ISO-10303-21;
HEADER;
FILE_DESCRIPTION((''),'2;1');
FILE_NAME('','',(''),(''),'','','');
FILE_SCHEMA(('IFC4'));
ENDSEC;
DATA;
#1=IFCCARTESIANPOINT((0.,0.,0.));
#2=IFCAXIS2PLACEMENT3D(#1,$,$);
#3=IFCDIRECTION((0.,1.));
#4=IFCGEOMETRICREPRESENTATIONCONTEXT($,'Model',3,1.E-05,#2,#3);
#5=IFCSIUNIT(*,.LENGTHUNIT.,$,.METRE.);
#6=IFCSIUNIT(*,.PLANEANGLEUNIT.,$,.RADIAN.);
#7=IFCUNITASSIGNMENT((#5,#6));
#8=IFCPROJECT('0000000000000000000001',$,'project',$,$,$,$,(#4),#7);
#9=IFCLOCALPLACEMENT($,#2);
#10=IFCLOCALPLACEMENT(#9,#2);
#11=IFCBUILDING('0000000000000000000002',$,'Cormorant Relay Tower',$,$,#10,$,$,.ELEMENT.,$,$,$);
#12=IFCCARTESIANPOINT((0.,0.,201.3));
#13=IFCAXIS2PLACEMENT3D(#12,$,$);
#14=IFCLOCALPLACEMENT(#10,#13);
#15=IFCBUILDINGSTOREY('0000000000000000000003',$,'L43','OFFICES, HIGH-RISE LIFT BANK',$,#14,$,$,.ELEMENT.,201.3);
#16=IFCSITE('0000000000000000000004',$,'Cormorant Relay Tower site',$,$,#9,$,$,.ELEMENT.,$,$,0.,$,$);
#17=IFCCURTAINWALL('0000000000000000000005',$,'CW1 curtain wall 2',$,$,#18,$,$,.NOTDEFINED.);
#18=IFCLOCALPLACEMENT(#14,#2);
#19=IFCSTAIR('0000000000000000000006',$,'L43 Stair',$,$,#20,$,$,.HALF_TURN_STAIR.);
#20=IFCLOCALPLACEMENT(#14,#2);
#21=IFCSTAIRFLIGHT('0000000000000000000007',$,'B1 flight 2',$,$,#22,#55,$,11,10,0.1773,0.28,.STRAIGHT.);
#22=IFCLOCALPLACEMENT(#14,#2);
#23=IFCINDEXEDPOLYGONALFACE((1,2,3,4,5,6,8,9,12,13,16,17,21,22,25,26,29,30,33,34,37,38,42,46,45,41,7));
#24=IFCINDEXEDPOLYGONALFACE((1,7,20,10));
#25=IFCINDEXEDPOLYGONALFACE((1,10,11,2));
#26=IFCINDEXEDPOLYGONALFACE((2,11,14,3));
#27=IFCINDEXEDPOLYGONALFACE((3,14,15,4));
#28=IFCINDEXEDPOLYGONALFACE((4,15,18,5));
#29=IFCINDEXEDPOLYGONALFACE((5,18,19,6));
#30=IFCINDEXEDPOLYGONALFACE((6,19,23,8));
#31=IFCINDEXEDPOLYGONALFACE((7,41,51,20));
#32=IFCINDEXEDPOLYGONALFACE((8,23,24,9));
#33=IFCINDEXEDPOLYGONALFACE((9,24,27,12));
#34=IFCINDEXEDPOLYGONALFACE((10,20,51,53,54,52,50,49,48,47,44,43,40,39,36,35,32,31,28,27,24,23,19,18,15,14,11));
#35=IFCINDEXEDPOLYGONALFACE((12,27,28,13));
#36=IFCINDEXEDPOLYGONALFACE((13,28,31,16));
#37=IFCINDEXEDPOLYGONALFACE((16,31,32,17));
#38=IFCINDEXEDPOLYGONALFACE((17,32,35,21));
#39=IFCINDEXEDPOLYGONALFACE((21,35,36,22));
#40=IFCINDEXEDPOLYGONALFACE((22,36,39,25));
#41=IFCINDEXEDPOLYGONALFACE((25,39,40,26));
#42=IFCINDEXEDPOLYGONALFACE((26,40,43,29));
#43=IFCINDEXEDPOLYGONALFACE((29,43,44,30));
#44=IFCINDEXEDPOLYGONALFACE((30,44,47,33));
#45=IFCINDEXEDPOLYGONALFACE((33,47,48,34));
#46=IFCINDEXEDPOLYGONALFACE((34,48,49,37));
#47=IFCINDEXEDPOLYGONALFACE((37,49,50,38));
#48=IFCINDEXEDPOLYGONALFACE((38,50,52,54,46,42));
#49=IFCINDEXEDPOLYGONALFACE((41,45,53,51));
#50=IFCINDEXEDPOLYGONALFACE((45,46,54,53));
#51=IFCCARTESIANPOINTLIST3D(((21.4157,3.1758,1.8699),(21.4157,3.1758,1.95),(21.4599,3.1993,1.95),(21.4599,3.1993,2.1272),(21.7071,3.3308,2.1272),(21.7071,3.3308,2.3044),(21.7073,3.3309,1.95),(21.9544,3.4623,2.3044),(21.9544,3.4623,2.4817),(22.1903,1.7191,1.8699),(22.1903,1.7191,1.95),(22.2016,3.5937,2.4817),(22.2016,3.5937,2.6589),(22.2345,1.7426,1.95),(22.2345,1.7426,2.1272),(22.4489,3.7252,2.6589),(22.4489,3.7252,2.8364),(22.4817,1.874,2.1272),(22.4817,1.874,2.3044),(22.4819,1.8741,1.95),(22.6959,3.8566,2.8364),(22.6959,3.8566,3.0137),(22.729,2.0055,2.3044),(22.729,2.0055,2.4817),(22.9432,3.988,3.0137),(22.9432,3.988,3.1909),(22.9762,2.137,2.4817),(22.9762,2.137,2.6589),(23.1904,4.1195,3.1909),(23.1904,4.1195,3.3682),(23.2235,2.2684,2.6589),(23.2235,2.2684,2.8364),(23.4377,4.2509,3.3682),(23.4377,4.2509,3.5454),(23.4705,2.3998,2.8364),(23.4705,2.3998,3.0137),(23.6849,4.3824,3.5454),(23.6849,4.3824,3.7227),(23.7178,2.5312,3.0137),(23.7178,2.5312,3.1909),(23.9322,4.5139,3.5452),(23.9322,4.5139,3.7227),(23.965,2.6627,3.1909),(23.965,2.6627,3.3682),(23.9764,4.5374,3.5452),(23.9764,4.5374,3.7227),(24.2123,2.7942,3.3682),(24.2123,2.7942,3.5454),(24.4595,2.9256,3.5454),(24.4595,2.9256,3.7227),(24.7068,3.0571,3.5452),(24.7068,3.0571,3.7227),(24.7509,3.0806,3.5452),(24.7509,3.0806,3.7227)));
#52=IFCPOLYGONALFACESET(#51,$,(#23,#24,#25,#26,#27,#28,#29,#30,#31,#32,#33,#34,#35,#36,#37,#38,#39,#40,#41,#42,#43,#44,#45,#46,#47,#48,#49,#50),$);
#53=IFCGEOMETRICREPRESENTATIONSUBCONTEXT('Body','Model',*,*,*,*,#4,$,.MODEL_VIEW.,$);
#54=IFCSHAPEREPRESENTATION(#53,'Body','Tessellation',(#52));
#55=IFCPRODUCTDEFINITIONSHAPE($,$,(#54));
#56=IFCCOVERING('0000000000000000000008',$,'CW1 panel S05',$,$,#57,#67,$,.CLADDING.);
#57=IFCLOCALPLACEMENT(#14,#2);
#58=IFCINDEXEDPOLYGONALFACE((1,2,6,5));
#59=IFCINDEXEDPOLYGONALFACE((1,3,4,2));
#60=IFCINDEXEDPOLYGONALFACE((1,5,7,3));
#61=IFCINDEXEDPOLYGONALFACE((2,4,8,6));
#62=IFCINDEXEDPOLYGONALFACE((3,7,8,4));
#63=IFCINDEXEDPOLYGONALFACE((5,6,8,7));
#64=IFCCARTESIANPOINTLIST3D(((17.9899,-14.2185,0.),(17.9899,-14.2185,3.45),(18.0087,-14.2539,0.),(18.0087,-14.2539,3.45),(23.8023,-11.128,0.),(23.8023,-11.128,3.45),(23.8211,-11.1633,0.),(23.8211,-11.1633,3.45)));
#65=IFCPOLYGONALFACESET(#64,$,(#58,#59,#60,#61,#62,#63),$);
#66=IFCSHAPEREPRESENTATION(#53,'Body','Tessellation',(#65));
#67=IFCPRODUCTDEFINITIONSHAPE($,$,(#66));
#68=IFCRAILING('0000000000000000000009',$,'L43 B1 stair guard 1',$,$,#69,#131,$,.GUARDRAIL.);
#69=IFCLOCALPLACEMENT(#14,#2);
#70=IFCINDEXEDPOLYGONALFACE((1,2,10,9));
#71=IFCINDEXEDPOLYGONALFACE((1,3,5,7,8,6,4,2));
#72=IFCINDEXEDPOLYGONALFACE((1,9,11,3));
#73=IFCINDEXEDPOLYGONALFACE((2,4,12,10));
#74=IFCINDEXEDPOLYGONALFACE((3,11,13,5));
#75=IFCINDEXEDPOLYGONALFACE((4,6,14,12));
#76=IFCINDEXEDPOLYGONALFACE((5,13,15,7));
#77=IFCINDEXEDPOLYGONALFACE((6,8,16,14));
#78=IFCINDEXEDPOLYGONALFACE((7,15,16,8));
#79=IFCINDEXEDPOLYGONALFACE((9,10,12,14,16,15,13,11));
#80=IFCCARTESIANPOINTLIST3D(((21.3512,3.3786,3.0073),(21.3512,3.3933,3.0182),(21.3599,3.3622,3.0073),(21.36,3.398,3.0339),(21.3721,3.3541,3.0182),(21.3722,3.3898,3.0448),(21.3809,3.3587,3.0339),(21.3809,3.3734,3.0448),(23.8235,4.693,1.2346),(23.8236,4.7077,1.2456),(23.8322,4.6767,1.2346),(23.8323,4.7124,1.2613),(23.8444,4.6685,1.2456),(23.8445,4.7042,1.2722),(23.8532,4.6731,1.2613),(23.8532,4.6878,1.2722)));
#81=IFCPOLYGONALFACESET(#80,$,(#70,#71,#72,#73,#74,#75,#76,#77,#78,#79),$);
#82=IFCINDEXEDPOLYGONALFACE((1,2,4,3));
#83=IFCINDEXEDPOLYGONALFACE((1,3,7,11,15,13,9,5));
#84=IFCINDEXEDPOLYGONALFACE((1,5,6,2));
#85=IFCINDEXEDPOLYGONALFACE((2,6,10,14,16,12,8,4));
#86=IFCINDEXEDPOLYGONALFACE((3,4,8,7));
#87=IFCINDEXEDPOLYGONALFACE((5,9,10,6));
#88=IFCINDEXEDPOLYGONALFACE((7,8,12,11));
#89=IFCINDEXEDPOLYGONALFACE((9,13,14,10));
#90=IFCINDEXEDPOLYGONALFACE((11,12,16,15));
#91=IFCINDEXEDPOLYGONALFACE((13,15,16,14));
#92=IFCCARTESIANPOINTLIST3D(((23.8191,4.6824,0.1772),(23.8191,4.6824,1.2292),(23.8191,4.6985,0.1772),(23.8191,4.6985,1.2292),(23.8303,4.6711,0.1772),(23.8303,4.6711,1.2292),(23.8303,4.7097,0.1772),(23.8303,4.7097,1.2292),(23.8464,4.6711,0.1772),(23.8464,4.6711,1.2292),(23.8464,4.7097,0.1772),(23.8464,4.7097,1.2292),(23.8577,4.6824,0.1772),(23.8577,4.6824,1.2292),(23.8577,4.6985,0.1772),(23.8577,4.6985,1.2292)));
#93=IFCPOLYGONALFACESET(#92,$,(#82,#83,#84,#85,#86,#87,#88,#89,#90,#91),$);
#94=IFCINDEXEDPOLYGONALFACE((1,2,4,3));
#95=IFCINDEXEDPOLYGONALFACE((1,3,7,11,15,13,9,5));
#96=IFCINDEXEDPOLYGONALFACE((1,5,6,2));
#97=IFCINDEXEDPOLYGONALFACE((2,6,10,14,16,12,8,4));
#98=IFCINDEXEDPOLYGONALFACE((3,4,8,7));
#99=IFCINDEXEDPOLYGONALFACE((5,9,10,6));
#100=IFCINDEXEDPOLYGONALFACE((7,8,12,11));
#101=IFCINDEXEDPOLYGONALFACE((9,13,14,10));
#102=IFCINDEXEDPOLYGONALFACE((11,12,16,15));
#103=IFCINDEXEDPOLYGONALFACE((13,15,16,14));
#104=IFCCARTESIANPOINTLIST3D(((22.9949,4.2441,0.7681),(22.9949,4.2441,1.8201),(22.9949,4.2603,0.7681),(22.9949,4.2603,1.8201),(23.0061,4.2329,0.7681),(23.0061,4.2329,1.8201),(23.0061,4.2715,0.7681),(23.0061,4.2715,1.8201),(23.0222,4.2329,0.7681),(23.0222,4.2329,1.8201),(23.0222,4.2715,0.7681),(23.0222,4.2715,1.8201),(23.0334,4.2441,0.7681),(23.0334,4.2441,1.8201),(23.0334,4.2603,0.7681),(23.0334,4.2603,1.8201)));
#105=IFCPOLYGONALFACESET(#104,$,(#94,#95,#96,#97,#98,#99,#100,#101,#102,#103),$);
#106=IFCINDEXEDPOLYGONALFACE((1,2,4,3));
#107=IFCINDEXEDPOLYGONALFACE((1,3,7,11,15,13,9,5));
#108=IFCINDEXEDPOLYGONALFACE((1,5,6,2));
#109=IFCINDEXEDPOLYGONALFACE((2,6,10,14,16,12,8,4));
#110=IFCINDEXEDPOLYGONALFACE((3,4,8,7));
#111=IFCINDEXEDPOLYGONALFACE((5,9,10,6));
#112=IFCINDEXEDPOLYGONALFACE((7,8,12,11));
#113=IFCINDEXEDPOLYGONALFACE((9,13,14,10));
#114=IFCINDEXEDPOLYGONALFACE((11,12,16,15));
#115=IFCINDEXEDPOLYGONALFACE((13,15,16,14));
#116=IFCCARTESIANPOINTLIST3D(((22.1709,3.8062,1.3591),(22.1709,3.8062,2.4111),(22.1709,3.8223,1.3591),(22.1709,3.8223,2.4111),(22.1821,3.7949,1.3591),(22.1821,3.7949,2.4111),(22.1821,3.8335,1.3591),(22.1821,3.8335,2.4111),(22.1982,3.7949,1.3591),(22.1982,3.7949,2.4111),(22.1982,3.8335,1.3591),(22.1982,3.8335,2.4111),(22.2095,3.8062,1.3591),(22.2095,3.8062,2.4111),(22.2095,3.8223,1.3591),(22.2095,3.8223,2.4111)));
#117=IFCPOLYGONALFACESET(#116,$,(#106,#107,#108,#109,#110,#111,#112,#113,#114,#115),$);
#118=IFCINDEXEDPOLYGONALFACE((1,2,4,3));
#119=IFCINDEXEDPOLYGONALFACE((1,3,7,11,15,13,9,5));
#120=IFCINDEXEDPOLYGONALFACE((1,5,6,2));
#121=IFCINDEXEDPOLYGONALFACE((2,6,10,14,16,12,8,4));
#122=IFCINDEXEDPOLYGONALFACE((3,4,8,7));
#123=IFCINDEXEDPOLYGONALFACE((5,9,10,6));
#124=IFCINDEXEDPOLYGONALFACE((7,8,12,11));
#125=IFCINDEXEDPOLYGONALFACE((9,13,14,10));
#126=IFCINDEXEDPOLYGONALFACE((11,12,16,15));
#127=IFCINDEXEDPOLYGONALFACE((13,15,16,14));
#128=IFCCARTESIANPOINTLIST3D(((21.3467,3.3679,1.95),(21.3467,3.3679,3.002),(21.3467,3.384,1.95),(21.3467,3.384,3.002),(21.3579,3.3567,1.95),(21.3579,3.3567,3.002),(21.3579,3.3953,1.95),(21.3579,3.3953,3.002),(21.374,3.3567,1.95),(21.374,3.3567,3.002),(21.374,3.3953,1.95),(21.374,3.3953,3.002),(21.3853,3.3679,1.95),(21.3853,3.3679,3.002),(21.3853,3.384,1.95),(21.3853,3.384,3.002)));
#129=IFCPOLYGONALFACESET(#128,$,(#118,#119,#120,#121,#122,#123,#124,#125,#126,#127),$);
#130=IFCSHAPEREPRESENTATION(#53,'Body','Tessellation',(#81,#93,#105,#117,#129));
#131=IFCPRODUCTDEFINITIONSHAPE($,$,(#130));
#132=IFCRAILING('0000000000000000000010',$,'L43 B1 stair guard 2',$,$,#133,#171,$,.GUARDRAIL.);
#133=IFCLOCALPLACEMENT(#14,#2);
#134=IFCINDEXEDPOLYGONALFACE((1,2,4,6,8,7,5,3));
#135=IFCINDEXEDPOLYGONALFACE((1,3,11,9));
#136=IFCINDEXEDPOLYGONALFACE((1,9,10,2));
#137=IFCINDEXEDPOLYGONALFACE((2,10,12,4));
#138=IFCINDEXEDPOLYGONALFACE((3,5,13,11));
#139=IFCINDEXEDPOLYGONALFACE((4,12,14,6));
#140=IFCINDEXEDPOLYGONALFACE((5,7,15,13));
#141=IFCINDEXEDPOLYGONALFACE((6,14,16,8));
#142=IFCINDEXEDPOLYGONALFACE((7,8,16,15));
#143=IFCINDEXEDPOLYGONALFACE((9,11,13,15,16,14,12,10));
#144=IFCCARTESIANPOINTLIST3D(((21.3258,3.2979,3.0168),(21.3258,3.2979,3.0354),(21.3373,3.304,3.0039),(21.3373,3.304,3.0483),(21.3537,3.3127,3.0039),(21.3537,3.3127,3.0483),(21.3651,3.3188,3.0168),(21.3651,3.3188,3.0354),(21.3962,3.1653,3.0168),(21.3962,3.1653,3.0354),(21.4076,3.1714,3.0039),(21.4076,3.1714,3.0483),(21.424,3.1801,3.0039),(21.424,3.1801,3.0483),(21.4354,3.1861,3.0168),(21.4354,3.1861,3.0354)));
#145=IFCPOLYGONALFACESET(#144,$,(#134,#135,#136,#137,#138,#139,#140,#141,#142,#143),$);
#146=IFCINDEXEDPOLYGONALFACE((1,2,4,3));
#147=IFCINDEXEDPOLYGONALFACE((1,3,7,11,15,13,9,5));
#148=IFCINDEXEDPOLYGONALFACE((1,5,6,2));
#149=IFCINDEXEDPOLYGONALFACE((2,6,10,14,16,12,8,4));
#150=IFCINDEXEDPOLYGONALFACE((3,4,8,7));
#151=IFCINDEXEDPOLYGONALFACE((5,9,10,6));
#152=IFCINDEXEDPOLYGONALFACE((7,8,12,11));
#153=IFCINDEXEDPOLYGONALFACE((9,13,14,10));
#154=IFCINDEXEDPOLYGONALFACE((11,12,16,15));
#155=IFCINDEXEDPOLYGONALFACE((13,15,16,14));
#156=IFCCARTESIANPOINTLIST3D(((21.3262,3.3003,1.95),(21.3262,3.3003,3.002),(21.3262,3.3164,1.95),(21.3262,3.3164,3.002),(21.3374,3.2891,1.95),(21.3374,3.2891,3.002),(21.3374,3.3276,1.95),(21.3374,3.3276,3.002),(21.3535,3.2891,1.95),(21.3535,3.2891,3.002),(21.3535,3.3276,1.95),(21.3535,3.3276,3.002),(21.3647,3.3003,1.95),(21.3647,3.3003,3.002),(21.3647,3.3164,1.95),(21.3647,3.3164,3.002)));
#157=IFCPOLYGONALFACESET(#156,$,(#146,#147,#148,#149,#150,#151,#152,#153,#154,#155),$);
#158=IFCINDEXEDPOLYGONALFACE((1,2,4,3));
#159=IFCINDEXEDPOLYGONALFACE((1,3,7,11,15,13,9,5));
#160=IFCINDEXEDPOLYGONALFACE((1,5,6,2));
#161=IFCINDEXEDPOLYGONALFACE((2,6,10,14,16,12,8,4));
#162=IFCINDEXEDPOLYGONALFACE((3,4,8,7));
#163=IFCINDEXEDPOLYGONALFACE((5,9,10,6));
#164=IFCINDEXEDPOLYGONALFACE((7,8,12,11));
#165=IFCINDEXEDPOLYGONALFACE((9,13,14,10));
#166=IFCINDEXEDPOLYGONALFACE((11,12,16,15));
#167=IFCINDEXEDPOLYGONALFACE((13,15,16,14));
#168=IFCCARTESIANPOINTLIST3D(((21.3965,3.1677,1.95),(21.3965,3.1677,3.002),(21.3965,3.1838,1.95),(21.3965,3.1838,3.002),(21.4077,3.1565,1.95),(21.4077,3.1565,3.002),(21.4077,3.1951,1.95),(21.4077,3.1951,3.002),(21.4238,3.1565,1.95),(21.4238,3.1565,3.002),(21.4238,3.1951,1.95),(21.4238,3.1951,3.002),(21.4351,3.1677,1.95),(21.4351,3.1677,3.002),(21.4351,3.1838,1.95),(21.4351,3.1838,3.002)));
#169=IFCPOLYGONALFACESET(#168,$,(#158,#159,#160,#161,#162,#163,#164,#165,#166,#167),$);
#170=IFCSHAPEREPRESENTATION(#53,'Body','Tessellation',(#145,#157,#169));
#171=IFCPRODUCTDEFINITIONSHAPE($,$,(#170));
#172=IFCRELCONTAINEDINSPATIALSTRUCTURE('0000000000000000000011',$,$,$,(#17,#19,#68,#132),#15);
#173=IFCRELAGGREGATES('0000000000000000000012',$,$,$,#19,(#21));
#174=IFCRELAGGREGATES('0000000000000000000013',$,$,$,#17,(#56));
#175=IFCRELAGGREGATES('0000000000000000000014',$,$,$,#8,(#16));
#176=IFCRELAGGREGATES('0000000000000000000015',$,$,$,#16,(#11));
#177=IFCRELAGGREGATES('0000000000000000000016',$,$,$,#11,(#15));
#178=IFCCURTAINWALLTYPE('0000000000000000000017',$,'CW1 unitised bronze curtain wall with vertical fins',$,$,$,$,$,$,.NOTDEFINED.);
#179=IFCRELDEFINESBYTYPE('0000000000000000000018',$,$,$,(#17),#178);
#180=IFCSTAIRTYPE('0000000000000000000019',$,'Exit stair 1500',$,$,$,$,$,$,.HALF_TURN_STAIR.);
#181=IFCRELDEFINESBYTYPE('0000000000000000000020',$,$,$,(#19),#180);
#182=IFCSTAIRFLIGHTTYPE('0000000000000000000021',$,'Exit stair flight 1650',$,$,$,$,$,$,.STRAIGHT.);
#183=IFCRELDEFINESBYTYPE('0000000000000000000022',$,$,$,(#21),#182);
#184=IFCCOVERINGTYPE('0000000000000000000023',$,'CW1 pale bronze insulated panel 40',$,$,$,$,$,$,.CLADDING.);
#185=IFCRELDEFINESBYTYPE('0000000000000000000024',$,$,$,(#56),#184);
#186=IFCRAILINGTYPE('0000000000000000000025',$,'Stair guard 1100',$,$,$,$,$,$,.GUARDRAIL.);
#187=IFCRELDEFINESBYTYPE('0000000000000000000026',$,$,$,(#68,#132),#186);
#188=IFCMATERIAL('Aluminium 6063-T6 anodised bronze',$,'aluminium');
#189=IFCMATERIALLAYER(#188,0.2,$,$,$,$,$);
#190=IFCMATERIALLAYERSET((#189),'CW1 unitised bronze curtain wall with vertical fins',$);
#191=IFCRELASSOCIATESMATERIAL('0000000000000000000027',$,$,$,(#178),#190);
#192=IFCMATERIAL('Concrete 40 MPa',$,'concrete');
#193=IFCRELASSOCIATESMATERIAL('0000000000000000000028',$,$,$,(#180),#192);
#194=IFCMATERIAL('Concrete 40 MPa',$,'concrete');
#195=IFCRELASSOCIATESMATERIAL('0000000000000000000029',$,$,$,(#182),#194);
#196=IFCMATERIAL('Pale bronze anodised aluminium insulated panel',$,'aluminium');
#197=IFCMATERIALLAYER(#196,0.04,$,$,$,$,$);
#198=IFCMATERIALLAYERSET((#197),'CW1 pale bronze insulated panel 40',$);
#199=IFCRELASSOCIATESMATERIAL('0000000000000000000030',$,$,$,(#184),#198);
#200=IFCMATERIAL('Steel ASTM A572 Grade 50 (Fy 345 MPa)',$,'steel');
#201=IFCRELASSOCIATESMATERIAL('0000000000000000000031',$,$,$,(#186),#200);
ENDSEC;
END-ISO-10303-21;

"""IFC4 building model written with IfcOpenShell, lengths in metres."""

from ifc_helpers import new_model, si_unit, direction, frame, origin, origin_2d, place, context, subcontext, project, spatial, polyline, rectangle, outline, extrude, material, layer, layer_set, type_object, element, aggregate, save


model = new_model("IFC4")

# Units and contexts
model_context = context("Model", 3, precision=1e-05, world=origin(), true_north=direction((0.0, 1.0)))
body_context = subcontext(model_context, "Body", "Model", "MODEL_VIEW")
ifc_project = project(units=[si_unit("LENGTHUNIT", "METRE"), si_unit("PLANEANGLEUNIT", "RADIAN")], contexts=[model_context])

# Site, building, storey
site_placement = place(None, origin())
site = spatial("IfcSite", under=ifc_project, at=site_placement, Name="Cormorant Relay Tower site", CompositionType="ELEMENT", RefElevation=0.0)
building_placement = place(site_placement, origin())
building = spatial("IfcBuilding", under=site, at=building_placement, Name="Cormorant Relay Tower", CompositionType="ELEMENT")
storey_placement = place(building_placement, frame((0.0, 0.0, 201.3)))
storey = spatial("IfcBuildingStorey", under=building, at=storey_placement, Name="L43", Description="OFFICES, HIGH-RISE LIFT BANK", CompositionType="ELEMENT", Elevation=201.3)

# Curtain wall
ifc_material_1 = material(Name="Aluminium 6063-T6 anodised bronze", Category="aluminium")
ifc_layer_1 = layer(ifc_material_1, 0.2)
ifc_layer_set_1 = layer_set([ifc_layer_1], Name="CW1 unitised bronze curtain wall with vertical fins")
curtain_wall_type = type_object("IfcCurtainWallType", Name="CW1 unitised bronze curtain wall with vertical fins", PredefinedType="NOTDEFINED", material=ifc_layer_set_1)
curtain_wall_placement = place(storey_placement, origin())
curtain_wall = element("IfcCurtainWall", 1, at=curtain_wall_placement, inside=storey, type_object=curtain_wall_type, Name="CW1 curtain wall 2", PredefinedType="NOTDEFINED")

# Stair, stair flight
ifc_material_2 = material(Name="Concrete 40 MPa", Category="concrete")
stair_type = type_object("IfcStairType", Name="Exit stair 1500", PredefinedType="HALF_TURN_STAIR", material=ifc_material_2)
stair_placement = place(storey_placement, origin())
stair = element("IfcStair", 2, at=stair_placement, inside=storey, type_object=stair_type, Name="L43 Stair", PredefinedType="HALF_TURN_STAIR")
ifc_material_3 = material(Name="Concrete 40 MPa", Category="concrete")
stair_flight_type = type_object("IfcStairFlightType", Name="Exit stair flight 1650", PredefinedType="STRAIGHT", material=ifc_material_3)
stair_flight_1_placement = place(storey_placement, frame((21.8472, 2.4709, 1.95), z_axis=(0.0, 0.0, 1.0), x_axis=(0.882948, 0.469472, 0.0)))
stair_flight_1 = element("IfcStairFlight", 3, at=stair_flight_1_placement, type_object=stair_flight_type, Name="B1 flight 2", NumberOfRisers=11, NumberOfTreads=10, PredefinedType="STRAIGHT", RiserHeight=0.1773, TreadLength=0.28, context=body_context, shape_type="SweptSolid", body=[
    extrude(outline(polyline([(-0.05, -0.0801), (-0.05, 0.0), (0.0, 0.0), (0.0, 0.1772), (0.28, 0.1772), (0.28, 0.3545), (0.5601, 0.3545), (0.5601, 0.5317), (0.8401, 0.5317), (0.8401, 0.709), (1.1201, 0.709), (1.1201, 0.8865), (1.3999, 0.8865), (1.3999, 1.0637), (1.6799, 1.0637), (1.6799, 1.241), (1.96, 1.241), (1.96, 1.4182), (2.24, 1.4182), (2.24, 1.5955), (2.52, 1.5955), (2.52, 1.7727), (2.8, 1.7727), (2.8501, 1.7727), (2.8501, 1.5952), (2.8, 1.5952), (0.2803, 0.0), (-0.05, -0.0801)])), frame((0.0, 0.825, 0.0), z_axis=(0.0, -1.0, 0.0), x_axis=(1.0, 0.0, 0.0)), (0.0, 0.0, 1.0), 1.6499),
])
aggregate(stair, [stair_flight_1])

# Covering
ifc_material_4 = material(Name="Pale bronze anodised aluminium insulated panel", Category="aluminium")
ifc_layer_2 = layer(ifc_material_4, 0.04)
ifc_layer_set_2 = layer_set([ifc_layer_2], Name="CW1 pale bronze insulated panel 40")
covering_type = type_object("IfcCoveringType", Name="CW1 pale bronze insulated panel 40", PredefinedType="CLADDING", material=ifc_layer_set_2)
covering_placement = place(storey_placement, frame((20.9055, -12.6909, 0.0), z_axis=(0.0, 0.0, 1.0), x_axis=(0.882948, 0.469472, 0.0)))
covering = element("IfcCovering", 4, at=covering_placement, type_object=covering_type, Name="CW1 panel S05", PredefinedType="CLADDING", context=body_context, shape_type="SweptSolid", body=[
    extrude(rectangle(XDim=6.583, YDim=0.04, at=origin_2d()), origin(), (0.0, 0.0, 1.0), 3.45),
])
aggregate(curtain_wall, [covering])

# Railings
ifc_material_5 = material(Name="Steel ASTM A572 Grade 50 (Fy 345 MPa)", Category="steel")
railing_type_1 = type_object("IfcRailingType", Name="Stair guard 1100", PredefinedType="GUARDRAIL", material=ifc_material_5)
railing_1_placement = place(storey_placement, frame((23.8384, 4.6904, 0.1772)))
element("IfcRailing", 5, at=railing_1_placement, inside=storey, type_object=railing_type_1, Name="L43 B1 stair guard 1", PredefinedType="GUARDRAIL", context=body_context, shape_type="SweptSolid", body=[
    extrude(outline(polyline([(0.0222, 0.0093), (0.0093, 0.0222), (-0.0093, 0.0222), (-0.0222, 0.0093), (-0.0222, -0.0093), (-0.0093, -0.0222), (0.0093, -0.0222), (0.0222, -0.0093), (0.0222, 0.0093)])), frame((0.0, 0.0, 1.0762), z_axis=(-0.746034, -0.396627, 0.534902), x_axis=(0.469429, -0.88297, 0.0)), (0.0, 0.0, 1.0), 3.314),
    extrude(outline(polyline([(0.0193, 0.0081), (0.0081, 0.0193), (-0.0081, 0.0193), (-0.0193, 0.0081), (-0.0193, -0.0081), (-0.0081, -0.0193), (0.0081, -0.0193), (0.0193, -0.0081), (0.0193, 0.0081)])), origin(), (0.0, 0.0, 1.0), 1.052),
    extrude(outline(polyline([(0.0193, 0.0081), (0.0081, 0.0193), (-0.0081, 0.0193), (-0.0193, 0.0081), (-0.0193, -0.0081), (-0.0081, -0.0193), (0.0081, -0.0193), (0.0193, -0.0081), (0.0193, 0.0081)])), frame((-0.8242, -0.4382, 0.5908)), (0.0, 0.0, 1.0), 1.052),
    extrude(outline(polyline([(0.0193, 0.0081), (0.0081, 0.0193), (-0.0081, 0.0193), (-0.0193, 0.0081), (-0.0193, -0.0081), (-0.0081, -0.0193), (0.0081, -0.0193), (0.0193, -0.0081), (0.0193, 0.0081)])), frame((-1.6482, -0.8762, 1.1819)), (0.0, 0.0, 1.0), 1.052),
    extrude(outline(polyline([(0.0193, 0.0081), (0.0081, 0.0193), (-0.0081, 0.0193), (-0.0193, 0.0081), (-0.0193, -0.0081), (-0.0081, -0.0193), (0.0081, -0.0193), (0.0193, -0.0081), (0.0193, 0.0081)])), frame((-2.4724, -1.3145, 1.7727)), (0.0, 0.0, 1.0), 1.052),
])
railing_2_placement = place(storey_placement, frame((21.3455, 3.3083, 1.95)))
element("IfcRailing", 6, at=railing_2_placement, inside=storey, type_object=railing_type_1, Name="L43 B1 stair guard 2", PredefinedType="GUARDRAIL", context=body_context, shape_type="SweptSolid", body=[
    extrude(outline(polyline([(0.0222, 0.0093), (0.0093, 0.0222), (-0.0093, 0.0222), (-0.0222, 0.0093), (-0.0222, -0.0093), (-0.0093, -0.0222), (0.0093, -0.0222), (0.0222, -0.0093), (0.0222, 0.0093)])), frame((0.0, 0.0, 1.0762), z_axis=(0.46856, -0.883431, 0.0), x_axis=(0.883431, 0.46856, 0.0)), (0.0, 0.0, 1.0), 0.1501),
    extrude(outline(polyline([(0.0193, 0.0081), (0.0081, 0.0193), (-0.0081, 0.0193), (-0.0193, 0.0081), (-0.0193, -0.0081), (-0.0081, -0.0193), (0.0081, -0.0193), (0.0193, -0.0081), (0.0193, 0.0081)])), origin(), (0.0, 0.0, 1.0), 1.052),
    extrude(outline(polyline([(0.0193, 0.0081), (0.0081, 0.0193), (-0.0081, 0.0193), (-0.0193, 0.0081), (-0.0193, -0.0081), (-0.0081, -0.0193), (0.0081, -0.0193), (0.0193, -0.0081), (0.0193, 0.0081)])), frame((0.0703, -0.1326, 0.0)), (0.0, 0.0, 1.0), 1.052),
])

save(model, "model.ifc")
